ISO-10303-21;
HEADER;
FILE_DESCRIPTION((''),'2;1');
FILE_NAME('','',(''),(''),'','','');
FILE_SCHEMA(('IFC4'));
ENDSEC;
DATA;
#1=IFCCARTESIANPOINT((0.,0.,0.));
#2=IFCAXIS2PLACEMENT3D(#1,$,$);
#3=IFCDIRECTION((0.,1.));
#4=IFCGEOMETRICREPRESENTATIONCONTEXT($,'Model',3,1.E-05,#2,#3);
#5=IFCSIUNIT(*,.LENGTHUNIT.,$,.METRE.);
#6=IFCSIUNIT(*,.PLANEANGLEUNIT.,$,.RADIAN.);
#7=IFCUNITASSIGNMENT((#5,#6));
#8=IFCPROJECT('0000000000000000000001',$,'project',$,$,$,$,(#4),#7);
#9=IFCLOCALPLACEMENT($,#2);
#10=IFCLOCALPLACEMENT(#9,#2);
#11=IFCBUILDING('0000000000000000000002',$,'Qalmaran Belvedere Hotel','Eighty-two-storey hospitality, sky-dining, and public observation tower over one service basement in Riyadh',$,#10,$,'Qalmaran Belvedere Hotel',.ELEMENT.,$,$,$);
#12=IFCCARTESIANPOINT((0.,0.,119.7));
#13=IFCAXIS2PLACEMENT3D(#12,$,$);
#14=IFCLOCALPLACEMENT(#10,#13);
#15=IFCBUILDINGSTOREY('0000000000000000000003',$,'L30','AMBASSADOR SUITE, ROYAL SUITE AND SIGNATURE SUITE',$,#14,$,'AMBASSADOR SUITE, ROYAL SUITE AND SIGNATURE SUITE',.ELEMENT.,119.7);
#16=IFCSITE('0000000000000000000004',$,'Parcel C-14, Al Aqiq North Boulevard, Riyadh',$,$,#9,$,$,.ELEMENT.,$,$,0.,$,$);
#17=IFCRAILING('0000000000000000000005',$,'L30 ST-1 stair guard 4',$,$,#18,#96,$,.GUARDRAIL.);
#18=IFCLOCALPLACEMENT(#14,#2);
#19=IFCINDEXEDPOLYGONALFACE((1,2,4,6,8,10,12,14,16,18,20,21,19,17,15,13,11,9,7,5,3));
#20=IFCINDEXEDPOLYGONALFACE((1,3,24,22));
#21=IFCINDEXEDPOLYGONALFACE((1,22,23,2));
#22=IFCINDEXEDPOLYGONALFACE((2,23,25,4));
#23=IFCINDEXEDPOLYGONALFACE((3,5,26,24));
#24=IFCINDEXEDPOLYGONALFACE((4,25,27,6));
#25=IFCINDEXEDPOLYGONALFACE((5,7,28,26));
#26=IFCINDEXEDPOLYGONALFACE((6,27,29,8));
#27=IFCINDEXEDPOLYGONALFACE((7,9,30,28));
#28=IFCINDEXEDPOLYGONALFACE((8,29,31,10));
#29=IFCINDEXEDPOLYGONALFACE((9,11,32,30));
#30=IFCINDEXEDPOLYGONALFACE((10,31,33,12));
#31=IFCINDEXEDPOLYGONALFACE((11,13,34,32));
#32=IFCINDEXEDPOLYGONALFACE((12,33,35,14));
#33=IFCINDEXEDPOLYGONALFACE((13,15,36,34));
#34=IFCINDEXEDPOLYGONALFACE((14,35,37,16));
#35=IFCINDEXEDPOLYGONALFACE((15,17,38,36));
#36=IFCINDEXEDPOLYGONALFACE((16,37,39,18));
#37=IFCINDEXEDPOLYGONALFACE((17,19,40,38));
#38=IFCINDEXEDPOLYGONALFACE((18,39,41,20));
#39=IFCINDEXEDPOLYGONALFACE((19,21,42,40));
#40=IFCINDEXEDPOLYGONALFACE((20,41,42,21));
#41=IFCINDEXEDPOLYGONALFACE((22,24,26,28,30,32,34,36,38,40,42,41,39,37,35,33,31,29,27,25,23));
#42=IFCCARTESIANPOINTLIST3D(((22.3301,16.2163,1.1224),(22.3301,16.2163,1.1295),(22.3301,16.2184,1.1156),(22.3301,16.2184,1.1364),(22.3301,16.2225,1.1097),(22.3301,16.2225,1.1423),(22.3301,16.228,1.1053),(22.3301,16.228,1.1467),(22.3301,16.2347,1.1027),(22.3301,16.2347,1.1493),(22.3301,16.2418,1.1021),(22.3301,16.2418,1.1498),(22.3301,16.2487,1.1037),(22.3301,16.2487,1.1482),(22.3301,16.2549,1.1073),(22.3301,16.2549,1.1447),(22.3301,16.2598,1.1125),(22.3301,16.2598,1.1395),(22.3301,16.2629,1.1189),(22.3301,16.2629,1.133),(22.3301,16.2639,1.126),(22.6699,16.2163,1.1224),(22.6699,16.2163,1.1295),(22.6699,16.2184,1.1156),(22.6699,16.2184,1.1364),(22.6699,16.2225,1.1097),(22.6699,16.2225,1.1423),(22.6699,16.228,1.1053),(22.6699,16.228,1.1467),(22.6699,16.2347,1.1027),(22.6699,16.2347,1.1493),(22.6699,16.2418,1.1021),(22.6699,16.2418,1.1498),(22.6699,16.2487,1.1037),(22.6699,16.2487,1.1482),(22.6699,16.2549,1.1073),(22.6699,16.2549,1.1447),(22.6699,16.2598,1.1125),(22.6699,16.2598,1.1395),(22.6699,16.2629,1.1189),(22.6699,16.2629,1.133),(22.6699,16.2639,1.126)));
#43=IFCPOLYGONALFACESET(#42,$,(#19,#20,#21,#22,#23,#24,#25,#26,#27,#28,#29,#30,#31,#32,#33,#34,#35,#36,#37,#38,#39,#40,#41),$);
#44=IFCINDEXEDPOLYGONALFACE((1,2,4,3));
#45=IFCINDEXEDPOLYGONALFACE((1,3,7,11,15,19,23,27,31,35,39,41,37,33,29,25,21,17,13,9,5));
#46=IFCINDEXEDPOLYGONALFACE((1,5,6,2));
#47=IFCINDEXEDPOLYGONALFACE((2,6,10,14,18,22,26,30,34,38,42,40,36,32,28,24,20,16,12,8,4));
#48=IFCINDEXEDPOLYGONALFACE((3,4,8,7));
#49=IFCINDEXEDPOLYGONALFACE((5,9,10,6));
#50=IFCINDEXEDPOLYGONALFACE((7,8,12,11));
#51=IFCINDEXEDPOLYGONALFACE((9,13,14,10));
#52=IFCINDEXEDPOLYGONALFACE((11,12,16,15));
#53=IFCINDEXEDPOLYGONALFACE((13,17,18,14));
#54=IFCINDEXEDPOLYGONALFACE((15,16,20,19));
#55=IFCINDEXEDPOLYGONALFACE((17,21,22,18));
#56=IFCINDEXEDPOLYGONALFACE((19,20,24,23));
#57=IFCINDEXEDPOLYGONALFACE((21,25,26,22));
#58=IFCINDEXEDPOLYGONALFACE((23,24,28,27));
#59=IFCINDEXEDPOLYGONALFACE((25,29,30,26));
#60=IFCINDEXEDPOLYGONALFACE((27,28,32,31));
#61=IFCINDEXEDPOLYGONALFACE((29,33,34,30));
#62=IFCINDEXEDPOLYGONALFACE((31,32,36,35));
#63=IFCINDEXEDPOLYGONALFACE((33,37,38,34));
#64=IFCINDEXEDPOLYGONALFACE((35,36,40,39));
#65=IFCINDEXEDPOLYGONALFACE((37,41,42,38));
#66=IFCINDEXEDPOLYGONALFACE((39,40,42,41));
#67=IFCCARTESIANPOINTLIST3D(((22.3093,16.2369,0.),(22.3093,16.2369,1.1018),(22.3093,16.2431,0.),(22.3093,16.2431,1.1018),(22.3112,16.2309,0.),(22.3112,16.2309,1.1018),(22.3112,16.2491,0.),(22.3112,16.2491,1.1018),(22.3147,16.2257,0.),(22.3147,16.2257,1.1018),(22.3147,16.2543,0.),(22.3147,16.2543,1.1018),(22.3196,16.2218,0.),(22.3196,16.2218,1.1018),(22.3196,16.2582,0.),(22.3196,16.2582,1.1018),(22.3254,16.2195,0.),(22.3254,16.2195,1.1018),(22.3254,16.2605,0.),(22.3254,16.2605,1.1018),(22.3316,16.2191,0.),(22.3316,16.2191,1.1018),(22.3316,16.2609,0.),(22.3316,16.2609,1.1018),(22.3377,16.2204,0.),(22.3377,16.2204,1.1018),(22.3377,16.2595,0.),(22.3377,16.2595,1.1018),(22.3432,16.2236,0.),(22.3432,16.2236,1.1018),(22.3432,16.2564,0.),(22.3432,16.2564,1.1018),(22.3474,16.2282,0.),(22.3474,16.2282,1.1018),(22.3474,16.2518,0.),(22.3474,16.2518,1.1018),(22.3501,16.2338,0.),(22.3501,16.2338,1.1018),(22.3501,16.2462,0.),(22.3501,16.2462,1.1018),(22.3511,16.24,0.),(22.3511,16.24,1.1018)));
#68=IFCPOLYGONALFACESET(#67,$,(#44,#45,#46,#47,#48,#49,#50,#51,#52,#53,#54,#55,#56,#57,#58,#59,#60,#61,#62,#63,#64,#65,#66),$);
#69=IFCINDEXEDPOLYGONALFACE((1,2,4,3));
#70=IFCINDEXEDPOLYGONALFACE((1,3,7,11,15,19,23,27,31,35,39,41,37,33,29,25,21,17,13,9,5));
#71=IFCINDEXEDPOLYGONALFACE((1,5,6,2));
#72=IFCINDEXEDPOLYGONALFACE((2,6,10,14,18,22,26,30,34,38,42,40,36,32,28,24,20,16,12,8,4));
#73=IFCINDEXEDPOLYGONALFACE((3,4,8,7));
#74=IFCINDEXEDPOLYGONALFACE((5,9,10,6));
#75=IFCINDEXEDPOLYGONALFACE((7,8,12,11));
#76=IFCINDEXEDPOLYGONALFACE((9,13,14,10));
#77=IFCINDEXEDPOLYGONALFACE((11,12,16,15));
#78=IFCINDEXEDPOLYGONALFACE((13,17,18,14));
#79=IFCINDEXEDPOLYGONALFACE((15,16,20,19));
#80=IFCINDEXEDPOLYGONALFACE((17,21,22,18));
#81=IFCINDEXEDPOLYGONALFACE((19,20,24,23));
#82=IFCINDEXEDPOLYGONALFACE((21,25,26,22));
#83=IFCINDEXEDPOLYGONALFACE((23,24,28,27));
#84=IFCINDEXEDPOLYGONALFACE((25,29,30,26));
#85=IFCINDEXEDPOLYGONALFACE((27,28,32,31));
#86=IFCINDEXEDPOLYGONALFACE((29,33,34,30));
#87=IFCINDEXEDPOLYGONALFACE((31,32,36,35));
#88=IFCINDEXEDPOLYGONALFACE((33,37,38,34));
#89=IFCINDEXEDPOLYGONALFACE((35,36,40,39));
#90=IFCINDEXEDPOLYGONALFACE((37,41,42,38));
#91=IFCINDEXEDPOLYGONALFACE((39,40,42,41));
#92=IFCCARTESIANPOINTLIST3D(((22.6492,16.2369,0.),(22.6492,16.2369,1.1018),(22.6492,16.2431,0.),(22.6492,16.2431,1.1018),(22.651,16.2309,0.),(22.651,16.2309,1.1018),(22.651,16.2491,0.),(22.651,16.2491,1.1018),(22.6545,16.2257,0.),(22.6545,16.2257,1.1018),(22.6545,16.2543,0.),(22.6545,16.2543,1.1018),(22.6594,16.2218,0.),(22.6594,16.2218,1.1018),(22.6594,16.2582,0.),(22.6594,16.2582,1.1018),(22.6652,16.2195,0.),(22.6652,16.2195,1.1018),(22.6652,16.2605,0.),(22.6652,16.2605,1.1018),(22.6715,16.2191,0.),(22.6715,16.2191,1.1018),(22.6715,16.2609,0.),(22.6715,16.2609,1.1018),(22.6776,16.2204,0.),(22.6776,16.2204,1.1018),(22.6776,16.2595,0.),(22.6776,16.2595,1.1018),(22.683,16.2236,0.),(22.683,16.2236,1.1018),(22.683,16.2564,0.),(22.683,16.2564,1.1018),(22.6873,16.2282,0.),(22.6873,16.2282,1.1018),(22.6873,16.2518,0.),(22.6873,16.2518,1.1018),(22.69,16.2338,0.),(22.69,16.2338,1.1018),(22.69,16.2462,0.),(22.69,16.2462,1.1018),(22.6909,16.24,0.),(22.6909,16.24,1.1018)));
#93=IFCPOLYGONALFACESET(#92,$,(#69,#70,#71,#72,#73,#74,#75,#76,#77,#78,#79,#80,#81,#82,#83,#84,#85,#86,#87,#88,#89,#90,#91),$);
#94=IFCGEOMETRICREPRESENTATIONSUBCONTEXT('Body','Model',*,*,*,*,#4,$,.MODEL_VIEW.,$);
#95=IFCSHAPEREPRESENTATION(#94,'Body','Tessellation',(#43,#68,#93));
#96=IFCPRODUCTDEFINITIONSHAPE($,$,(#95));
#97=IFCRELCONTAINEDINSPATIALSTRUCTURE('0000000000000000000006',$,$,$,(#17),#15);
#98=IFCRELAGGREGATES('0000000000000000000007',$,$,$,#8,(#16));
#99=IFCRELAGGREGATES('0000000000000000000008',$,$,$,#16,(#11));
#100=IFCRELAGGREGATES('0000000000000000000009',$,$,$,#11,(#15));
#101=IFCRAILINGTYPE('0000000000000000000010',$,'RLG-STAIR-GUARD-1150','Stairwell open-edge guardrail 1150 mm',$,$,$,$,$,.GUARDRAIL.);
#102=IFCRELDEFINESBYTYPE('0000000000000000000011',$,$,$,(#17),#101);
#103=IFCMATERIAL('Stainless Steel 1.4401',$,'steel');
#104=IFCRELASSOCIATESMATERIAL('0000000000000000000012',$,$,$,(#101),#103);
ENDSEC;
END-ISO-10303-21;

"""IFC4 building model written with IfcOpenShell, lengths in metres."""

from ifc_helpers import new_model, si_unit, direction, frame, origin, origin_2d, place, context, subcontext, project, spatial, circle, extrude, material, type_object, element, save


model = new_model("IFC4")

# Units and contexts
model_context = context("Model", 3, precision=1e-05, world=origin(), true_north=direction((0.0, 1.0)))
body_context = subcontext(model_context, "Body", "Model", "MODEL_VIEW")
ifc_project = project(units=[si_unit("LENGTHUNIT", "METRE"), si_unit("PLANEANGLEUNIT", "RADIAN")], contexts=[model_context])

# Site, building, storey
site_placement = place(None, origin())
site = spatial("IfcSite", under=ifc_project, at=site_placement, Name="Parcel C-14, Al Aqiq North Boulevard, Riyadh", CompositionType="ELEMENT", RefElevation=0.0)
building_placement = place(site_placement, origin())
building = spatial("IfcBuilding", under=site, at=building_placement, Name="Qalmaran Belvedere Hotel", Description="Eighty-two-storey hospitality, sky-dining, and public observation tower over one service basement in Riyadh", LongName="Qalmaran Belvedere Hotel", CompositionType="ELEMENT")
storey_placement = place(building_placement, frame((0.0, 0.0, 119.7)))
storey = spatial("IfcBuildingStorey", under=building, at=storey_placement, Name="L30", Description="AMBASSADOR SUITE, ROYAL SUITE AND SIGNATURE SUITE", LongName="AMBASSADOR SUITE, ROYAL SUITE AND SIGNATURE SUITE", CompositionType="ELEMENT", Elevation=119.7)

# Shared definitions
ifc_material_1 = material(Name="Stainless Steel 1.4401", Category="steel")

# Railing
railing_type_1 = type_object("IfcRailingType", Name="RLG-STAIR-GUARD-1150", Description="Stairwell open-edge guardrail 1150 mm", PredefinedType="GUARDRAIL", material=ifc_material_1)
railing_1_placement = place(storey_placement, frame((22.3301, 16.24, 0.0)))
element("IfcRailing", 1, at=railing_1_placement, inside=storey, type_object=railing_type_1, Name="L30 ST-1 stair guard 4", PredefinedType="GUARDRAIL", context=body_context, shape_type="SweptSolid", body=[
    extrude(circle(Radius=0.0239, at=origin_2d()), frame((0.0, 0.0, 1.126), z_axis=(1.0, 0.0, 0.0), x_axis=(0.0, 1.0, 0.0)), (0.0, 0.0, 1.0), 0.3398),
    extrude(circle(Radius=0.021, at=origin_2d()), origin(), (0.0, 0.0, 1.0), 1.1018),
    extrude(circle(Radius=0.021, at=origin_2d()), frame((0.3398, 0.0, 0.0)), (0.0, 0.0, 1.0), 1.1018),
])

save(model, "model.ifc")
